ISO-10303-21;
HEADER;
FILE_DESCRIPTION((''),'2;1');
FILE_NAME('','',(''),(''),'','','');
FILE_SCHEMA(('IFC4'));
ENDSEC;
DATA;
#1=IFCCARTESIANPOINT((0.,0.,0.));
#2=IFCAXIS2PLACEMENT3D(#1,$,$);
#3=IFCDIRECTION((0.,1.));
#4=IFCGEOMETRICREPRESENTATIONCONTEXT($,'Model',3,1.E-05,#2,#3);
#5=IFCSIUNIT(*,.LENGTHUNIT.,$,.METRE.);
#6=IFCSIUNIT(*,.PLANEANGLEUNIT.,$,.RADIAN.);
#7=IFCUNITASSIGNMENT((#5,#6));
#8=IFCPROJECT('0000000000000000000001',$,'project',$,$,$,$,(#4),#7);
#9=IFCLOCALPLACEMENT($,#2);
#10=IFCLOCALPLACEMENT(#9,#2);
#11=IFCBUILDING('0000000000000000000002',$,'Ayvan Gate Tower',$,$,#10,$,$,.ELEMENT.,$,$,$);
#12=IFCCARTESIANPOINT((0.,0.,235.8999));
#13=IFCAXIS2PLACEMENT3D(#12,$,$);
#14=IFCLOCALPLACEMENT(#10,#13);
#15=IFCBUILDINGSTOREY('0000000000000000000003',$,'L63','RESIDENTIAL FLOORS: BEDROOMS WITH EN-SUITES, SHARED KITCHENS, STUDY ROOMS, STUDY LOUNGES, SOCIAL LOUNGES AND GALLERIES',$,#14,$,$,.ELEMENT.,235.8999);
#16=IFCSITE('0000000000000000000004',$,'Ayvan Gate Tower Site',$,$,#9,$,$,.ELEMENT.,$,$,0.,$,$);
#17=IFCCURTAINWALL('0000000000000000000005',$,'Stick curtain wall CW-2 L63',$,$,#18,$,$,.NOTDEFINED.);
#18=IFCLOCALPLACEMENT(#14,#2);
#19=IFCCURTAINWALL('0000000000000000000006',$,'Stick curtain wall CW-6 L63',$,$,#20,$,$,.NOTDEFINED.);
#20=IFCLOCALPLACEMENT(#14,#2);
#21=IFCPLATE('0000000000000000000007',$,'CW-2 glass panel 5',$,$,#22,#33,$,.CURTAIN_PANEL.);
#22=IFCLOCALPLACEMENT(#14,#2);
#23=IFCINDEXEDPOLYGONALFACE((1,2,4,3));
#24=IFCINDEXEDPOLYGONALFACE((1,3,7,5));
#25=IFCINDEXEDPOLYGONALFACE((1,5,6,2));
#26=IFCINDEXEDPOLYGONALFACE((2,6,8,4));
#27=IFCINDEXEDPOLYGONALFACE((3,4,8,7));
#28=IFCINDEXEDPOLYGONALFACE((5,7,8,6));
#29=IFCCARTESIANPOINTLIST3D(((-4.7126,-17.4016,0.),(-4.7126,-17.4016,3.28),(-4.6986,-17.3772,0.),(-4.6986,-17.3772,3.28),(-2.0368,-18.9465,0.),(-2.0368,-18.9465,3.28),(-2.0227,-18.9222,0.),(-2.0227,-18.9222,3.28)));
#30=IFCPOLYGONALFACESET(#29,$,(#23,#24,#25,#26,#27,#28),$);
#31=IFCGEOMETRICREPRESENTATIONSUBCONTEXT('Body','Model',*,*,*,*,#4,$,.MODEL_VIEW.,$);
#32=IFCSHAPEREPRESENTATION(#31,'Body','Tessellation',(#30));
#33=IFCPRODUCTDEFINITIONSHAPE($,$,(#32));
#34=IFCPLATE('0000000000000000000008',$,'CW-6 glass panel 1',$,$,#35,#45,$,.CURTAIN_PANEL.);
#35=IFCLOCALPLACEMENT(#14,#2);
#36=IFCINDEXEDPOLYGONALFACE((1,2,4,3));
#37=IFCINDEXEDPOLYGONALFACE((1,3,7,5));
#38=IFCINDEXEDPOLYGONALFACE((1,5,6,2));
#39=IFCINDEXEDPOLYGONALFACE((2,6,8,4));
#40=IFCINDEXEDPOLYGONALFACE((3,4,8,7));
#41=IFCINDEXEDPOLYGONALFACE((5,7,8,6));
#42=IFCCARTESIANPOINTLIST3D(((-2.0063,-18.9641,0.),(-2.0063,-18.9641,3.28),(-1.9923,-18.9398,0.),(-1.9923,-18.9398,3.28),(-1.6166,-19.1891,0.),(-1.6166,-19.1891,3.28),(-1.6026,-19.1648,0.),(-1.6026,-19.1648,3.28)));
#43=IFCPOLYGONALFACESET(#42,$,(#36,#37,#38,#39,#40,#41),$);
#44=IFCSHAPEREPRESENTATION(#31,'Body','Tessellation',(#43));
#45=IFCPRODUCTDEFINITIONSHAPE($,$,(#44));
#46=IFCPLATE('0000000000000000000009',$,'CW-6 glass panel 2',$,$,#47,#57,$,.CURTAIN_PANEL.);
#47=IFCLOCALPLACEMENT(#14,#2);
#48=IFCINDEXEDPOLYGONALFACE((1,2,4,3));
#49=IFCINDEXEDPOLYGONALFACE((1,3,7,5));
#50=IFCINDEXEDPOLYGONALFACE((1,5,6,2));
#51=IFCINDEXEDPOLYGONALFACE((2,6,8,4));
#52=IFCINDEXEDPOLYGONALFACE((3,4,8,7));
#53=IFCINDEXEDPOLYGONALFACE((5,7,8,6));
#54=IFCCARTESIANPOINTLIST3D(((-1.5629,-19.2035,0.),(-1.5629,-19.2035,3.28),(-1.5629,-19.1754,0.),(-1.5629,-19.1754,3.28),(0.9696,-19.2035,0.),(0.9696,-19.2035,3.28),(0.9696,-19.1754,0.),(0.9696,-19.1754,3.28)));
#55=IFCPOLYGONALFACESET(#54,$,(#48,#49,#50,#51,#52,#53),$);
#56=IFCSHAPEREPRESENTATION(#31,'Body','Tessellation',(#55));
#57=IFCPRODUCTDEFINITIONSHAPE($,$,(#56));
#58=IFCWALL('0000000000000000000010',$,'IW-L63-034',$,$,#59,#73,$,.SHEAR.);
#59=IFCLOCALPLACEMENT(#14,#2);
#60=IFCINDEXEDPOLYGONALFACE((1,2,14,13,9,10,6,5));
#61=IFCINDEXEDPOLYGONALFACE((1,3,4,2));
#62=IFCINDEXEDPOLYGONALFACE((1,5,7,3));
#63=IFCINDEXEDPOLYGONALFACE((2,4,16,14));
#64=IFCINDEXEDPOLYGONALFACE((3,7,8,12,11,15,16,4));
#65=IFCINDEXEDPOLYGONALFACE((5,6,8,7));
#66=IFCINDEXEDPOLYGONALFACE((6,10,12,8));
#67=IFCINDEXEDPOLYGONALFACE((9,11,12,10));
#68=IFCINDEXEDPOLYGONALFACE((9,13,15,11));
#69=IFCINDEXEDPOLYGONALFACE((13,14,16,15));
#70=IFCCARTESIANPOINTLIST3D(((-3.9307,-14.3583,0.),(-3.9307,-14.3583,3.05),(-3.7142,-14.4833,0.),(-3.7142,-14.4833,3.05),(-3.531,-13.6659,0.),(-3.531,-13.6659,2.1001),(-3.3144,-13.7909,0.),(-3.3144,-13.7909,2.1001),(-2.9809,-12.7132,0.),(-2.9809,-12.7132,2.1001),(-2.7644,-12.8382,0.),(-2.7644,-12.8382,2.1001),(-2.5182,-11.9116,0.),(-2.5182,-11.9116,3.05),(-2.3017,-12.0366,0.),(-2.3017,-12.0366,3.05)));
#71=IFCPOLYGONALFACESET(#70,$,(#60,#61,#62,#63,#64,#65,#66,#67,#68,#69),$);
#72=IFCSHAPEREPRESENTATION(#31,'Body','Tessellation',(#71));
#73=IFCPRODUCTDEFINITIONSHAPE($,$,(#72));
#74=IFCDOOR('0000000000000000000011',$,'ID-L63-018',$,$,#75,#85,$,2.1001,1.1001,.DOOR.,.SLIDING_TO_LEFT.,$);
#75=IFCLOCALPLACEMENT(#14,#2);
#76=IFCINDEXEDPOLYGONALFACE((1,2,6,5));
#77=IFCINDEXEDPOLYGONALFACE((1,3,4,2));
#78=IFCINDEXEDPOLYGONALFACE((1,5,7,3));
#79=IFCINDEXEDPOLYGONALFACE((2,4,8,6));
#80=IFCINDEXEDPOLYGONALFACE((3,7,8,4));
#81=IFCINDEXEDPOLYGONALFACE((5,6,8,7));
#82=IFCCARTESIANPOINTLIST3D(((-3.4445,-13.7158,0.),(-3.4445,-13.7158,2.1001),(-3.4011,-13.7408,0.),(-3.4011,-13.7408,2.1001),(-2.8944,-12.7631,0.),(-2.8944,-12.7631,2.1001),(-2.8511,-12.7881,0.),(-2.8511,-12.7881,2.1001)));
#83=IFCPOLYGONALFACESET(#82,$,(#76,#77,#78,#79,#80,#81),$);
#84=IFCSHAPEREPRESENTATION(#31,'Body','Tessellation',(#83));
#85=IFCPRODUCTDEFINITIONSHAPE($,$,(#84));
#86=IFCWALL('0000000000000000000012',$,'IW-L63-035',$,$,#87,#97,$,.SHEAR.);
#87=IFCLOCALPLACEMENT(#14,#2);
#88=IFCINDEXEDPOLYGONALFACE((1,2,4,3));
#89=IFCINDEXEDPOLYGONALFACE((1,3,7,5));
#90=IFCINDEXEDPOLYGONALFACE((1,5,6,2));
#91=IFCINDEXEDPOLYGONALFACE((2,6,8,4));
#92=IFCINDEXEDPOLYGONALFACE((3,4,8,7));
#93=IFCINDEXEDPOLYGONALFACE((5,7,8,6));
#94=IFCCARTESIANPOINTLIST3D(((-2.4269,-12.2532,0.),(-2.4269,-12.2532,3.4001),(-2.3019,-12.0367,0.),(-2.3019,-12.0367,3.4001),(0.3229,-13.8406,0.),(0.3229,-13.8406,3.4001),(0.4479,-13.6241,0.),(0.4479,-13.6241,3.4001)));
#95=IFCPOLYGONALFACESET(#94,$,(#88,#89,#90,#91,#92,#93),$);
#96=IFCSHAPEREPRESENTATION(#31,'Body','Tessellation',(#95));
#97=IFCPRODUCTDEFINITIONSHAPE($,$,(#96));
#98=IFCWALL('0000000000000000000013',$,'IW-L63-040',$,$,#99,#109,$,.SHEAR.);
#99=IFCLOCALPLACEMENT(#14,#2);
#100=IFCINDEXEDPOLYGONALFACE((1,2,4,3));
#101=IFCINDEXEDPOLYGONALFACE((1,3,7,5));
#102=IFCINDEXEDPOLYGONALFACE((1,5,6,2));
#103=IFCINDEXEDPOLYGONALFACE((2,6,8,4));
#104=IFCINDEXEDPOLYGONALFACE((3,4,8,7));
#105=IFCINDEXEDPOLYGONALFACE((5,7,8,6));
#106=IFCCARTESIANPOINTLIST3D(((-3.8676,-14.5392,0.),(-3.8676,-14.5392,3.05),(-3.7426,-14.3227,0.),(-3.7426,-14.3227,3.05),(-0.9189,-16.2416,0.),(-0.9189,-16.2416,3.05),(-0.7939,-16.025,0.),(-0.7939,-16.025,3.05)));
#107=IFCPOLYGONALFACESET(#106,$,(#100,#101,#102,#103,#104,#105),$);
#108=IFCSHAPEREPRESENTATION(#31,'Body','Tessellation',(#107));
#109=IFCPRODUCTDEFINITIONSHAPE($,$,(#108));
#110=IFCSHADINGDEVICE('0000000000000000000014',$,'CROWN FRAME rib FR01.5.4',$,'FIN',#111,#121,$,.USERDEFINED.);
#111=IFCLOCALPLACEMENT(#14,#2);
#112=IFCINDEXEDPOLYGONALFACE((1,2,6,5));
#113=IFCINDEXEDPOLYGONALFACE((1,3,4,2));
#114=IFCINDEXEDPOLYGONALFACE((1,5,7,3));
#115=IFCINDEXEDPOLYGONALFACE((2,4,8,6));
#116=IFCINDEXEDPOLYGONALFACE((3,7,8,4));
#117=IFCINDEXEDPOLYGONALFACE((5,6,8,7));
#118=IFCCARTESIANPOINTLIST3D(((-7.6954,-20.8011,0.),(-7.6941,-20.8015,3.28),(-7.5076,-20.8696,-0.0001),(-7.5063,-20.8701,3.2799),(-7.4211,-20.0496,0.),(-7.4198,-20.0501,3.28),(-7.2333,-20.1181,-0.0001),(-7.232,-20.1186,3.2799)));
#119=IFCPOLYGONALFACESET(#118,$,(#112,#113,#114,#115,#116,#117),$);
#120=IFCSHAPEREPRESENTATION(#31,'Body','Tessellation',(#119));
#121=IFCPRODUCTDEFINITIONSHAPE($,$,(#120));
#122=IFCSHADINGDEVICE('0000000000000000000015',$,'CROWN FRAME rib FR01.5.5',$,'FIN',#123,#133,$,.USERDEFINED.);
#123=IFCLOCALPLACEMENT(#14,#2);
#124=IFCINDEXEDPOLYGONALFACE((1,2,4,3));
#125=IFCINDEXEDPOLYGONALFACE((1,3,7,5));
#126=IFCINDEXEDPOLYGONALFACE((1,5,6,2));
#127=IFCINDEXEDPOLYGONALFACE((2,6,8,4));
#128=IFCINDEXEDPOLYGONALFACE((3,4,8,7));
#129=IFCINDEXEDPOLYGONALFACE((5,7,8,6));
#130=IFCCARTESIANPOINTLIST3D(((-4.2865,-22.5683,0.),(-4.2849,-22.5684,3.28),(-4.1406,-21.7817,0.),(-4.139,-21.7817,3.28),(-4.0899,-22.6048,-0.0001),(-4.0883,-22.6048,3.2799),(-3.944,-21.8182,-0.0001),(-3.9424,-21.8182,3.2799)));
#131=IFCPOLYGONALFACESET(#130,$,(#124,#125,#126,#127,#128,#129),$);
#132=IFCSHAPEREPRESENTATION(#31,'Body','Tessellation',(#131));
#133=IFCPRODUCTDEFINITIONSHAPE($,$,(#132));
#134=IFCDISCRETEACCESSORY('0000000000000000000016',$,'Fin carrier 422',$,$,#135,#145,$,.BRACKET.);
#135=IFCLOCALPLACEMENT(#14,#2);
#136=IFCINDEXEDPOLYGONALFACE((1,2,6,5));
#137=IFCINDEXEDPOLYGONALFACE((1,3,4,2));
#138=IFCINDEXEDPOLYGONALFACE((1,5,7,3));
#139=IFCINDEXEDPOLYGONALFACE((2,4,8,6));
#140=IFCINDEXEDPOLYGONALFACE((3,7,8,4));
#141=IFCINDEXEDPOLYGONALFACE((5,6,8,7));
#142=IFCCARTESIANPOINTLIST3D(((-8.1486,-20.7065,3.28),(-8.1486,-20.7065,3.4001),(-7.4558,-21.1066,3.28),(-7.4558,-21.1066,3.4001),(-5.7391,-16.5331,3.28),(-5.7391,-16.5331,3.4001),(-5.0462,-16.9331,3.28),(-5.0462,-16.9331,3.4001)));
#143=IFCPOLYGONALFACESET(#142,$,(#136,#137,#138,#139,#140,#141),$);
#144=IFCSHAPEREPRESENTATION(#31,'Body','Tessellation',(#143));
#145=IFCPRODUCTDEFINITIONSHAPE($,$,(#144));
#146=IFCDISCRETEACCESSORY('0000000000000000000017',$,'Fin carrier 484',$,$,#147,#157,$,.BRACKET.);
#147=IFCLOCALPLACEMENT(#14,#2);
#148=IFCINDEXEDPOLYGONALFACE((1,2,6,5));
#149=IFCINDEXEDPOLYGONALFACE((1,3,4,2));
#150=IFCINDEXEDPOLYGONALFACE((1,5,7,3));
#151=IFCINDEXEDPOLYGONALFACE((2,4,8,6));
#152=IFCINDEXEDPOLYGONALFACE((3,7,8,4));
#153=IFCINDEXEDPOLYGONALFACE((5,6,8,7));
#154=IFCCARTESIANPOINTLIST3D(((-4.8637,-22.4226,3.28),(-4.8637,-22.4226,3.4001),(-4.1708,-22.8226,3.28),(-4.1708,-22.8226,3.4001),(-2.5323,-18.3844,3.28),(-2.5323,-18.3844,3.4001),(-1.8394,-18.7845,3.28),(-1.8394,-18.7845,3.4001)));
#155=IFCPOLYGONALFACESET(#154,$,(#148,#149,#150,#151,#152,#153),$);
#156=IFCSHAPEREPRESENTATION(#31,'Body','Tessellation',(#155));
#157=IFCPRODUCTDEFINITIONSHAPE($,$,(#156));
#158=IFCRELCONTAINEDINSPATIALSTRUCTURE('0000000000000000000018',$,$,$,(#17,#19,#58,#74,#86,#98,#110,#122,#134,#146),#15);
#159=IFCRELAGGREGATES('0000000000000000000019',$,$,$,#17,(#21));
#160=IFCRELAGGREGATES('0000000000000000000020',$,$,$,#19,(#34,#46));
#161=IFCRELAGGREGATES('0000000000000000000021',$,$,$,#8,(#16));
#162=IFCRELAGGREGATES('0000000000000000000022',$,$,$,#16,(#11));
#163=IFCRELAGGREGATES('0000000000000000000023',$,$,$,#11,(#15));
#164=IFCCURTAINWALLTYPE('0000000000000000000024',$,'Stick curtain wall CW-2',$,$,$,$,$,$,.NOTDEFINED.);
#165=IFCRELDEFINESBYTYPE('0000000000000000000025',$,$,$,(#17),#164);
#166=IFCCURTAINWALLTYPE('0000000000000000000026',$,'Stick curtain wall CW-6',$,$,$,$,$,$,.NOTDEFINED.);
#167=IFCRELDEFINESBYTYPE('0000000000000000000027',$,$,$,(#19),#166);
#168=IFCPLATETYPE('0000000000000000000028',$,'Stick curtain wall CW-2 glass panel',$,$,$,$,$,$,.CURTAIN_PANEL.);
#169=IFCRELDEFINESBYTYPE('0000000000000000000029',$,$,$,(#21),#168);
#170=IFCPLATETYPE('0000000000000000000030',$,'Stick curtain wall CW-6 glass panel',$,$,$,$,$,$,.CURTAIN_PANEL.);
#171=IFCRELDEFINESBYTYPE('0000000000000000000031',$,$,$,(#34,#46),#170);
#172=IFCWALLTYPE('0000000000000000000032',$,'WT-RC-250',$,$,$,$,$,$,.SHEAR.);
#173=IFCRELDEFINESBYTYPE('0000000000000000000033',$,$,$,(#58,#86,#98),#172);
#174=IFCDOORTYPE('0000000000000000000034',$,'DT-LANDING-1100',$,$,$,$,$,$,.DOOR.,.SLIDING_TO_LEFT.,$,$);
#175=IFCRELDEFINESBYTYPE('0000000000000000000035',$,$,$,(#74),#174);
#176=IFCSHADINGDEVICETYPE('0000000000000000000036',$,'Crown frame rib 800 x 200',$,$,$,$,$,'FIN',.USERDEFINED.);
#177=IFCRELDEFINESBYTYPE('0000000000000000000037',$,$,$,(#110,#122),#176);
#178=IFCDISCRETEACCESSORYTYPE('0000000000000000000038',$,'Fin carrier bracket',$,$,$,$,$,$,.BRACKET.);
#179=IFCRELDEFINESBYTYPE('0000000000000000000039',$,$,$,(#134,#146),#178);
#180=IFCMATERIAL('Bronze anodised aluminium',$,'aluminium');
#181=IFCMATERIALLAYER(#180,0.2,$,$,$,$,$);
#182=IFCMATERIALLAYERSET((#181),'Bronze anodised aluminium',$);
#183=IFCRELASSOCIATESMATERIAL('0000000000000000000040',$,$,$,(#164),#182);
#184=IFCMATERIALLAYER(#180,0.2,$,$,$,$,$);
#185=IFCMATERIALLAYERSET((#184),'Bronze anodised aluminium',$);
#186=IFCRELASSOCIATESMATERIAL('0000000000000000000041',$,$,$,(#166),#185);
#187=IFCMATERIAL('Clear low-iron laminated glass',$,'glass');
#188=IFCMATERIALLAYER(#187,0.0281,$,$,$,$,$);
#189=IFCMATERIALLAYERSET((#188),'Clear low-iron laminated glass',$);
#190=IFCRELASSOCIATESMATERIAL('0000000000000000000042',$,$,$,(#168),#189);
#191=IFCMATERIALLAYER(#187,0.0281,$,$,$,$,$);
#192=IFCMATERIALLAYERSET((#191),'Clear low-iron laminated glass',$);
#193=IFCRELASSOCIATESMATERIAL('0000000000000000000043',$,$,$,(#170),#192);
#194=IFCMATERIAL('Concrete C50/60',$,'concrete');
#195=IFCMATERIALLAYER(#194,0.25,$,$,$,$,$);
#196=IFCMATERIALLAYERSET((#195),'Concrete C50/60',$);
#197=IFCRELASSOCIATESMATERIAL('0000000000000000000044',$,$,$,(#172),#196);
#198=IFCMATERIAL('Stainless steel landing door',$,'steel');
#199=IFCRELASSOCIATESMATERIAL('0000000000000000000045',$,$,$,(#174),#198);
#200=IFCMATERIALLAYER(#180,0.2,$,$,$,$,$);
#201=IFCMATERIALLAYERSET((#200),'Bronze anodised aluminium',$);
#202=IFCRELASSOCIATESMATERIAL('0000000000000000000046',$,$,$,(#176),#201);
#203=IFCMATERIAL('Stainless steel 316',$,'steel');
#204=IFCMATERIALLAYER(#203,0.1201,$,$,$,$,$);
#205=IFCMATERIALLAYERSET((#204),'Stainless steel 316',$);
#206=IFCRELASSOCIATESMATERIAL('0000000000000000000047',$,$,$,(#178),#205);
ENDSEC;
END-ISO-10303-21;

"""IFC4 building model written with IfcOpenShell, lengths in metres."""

from ifc_helpers import new_model, si_unit, direction, frame, frame_2d, origin, origin_2d, place, context, subcontext, project, spatial, polyline, rectangle, outline, extrude, material, layer, layer_set, type_object, element, fill, aggregate, save


model = new_model("IFC4")

# Units and contexts
model_context = context("Model", 3, precision=1e-05, world=origin(), true_north=direction((0.0, 1.0)))
body_context = subcontext(model_context, "Body", "Model", "MODEL_VIEW")
ifc_project = project(units=[si_unit("LENGTHUNIT", "METRE"), si_unit("PLANEANGLEUNIT", "RADIAN")], contexts=[model_context])

# Site, building, storey
site_placement = place(None, origin())
site = spatial("IfcSite", under=ifc_project, at=site_placement, Name="Ayvan Gate Tower Site", CompositionType="ELEMENT", RefElevation=0.0)
building_placement = place(site_placement, origin())
building = spatial("IfcBuilding", under=site, at=building_placement, Name="Ayvan Gate Tower", CompositionType="ELEMENT")
storey_placement = place(building_placement, frame((0.0, 0.0, 235.8999)))
storey = spatial("IfcBuildingStorey", under=building, at=storey_placement, Name="L63", Description="RESIDENTIAL FLOORS: BEDROOMS WITH EN-SUITES, SHARED KITCHENS, STUDY ROOMS, STUDY LOUNGES, SOCIAL LOUNGES AND GALLERIES", CompositionType="ELEMENT", Elevation=235.8999)

# Shared definitions
ifc_material_1 = material(Name="Concrete C50/60", Category="concrete")

# Curtain walls
ifc_material_2 = material(Name="Bronze anodised aluminium", Category="aluminium")
ifc_layer_1 = layer(ifc_material_2, 0.2)
ifc_layer_set_1 = layer_set([ifc_layer_1], Name="Bronze anodised aluminium")
curtain_wall_type_1 = type_object("IfcCurtainWallType", Name="Stick curtain wall CW-2", PredefinedType="NOTDEFINED", material=ifc_layer_set_1)
curtain_wall_1_placement = place(storey_placement, origin())
curtain_wall_1 = element("IfcCurtainWall", 1, at=curtain_wall_1_placement, inside=storey, type_object=curtain_wall_type_1, Name="Stick curtain wall CW-2 L63", PredefinedType="NOTDEFINED")
ifc_layer_2 = layer(ifc_material_2, 0.2)
ifc_layer_set_2 = layer_set([ifc_layer_2], Name="Bronze anodised aluminium")
curtain_wall_type_2 = type_object("IfcCurtainWallType", Name="Stick curtain wall CW-6", PredefinedType="NOTDEFINED", material=ifc_layer_set_2)
curtain_wall_2_placement = place(storey_placement, origin())
curtain_wall_2 = element("IfcCurtainWall", 2, at=curtain_wall_2_placement, inside=storey, type_object=curtain_wall_type_2, Name="Stick curtain wall CW-6 L63", PredefinedType="NOTDEFINED")

# Plates
ifc_material_3 = material(Name="Clear low-iron laminated glass", Category="glass")
ifc_layer_3 = layer(ifc_material_3, 0.0281)
ifc_layer_set_3 = layer_set([ifc_layer_3], Name="Clear low-iron laminated glass")
plate_type_1 = type_object("IfcPlateType", Name="Stick curtain wall CW-2 glass panel", PredefinedType="CURTAIN_PANEL", material=ifc_layer_set_3)
plate_1_placement = place(storey_placement, frame((-3.3677, -18.1619, 0.0), z_axis=(0.0, 0.0, 1.0), x_axis=(0.866025, -0.5, 0.0)))
plate_1 = element("IfcPlate", 3, at=plate_1_placement, type_object=plate_type_1, Name="CW-2 glass panel 5", PredefinedType="CURTAIN_PANEL", context=body_context, shape_type="SweptSolid", body=[
    extrude(rectangle(XDim=3.0898, YDim=0.0281, at=origin_2d()), origin(), (0.0, 0.0, 1.0), 3.28),
])
aggregate(curtain_wall_1, [plate_1])
ifc_layer_4 = layer(ifc_material_3, 0.0281)
ifc_layer_set_4 = layer_set([ifc_layer_4], Name="Clear low-iron laminated glass")
plate_type_2 = type_object("IfcPlateType", Name="Stick curtain wall CW-6 glass panel", PredefinedType="CURTAIN_PANEL", material=ifc_layer_set_4)
plate_2_placement = place(storey_placement, frame((-1.8044, -19.0645, 0.0), z_axis=(0.0, 0.0, 1.0), x_axis=(0.866025, -0.5, 0.0)))
plate_2 = element("IfcPlate", 4, at=plate_2_placement, type_object=plate_type_2, Name="CW-6 glass panel 1", PredefinedType="CURTAIN_PANEL", context=body_context, shape_type="SweptSolid", body=[
    extrude(rectangle(XDim=0.45, YDim=0.0281, at=origin_2d()), origin(), (0.0, 0.0, 1.0), 3.28),
])
plate_3_placement = place(storey_placement, frame((-0.2966, -19.1895, 0.0), z_axis=(0.0, 0.0, 1.0), x_axis=(1.0, 0.0, 0.0)))
plate_3 = element("IfcPlate", 5, at=plate_3_placement, type_object=plate_type_2, Name="CW-6 glass panel 2", PredefinedType="CURTAIN_PANEL", context=body_context, shape_type="SweptSolid", body=[
    extrude(rectangle(XDim=2.5325, YDim=0.0281, at=origin_2d()), origin(), (0.0, 0.0, 1.0), 3.28),
])
aggregate(curtain_wall_2, [plate_2, plate_3])

# Wall, opening, door
ifc_layer_5 = layer(ifc_material_1, 0.25)
ifc_layer_set_5 = layer_set([ifc_layer_5], Name="Concrete C50/60")
wall_type = type_object("IfcWallType", Name="WT-RC-250", PredefinedType="SHEAR", material=ifc_layer_set_5)
wall_1_placement = place(storey_placement, frame((-2.4099, -11.9741, 0.0), z_axis=(0.0, 0.0, 1.0), x_axis=(-0.499987, -0.866033, 0.0)))
wall_1 = element("IfcWall", 6, at=wall_1_placement, inside=storey, type_object=wall_type, Name="IW-L63-034", PredefinedType="SHEAR", context=body_context, shape_type="SweptSolid", body=[
    extrude(rectangle(XDim=2.8252, YDim=0.25, at=frame_2d((1.4126, 0.0))), origin(), (0.0, 0.0, 1.0), 3.05),
])
opening_placement = place(wall_1_placement, frame((0.9255, 0.0, 0.0)))
opening = element("IfcOpeningElement", 7, at=opening_placement, cuts=wall_1, PredefinedType="OPENING", context=body_context, shape_type="SweptSolid", body=[
    extrude(rectangle(XDim=1.1001, YDim=2.1001, at=frame_2d((0.55, 1.05))), frame((0.0, 0.135, 0.0), z_axis=(0.0, -1.0, 0.0), x_axis=(1.0, 0.0, 0.0)), (0.0, 0.0, 1.0), 0.27),
])
ifc_material_4 = material(Name="Stainless steel landing door", Category="steel")
door_type = type_object("IfcDoorType", Name="DT-LANDING-1100", OperationType="SLIDING_TO_LEFT", PredefinedType="DOOR", material=ifc_material_4)
door_placement = place(opening_placement, origin())
door = element("IfcDoor", 8, at=door_placement, inside=storey, type_object=door_type, Name="ID-L63-018", OperationType="SLIDING_TO_LEFT", OverallHeight=2.1001, OverallWidth=1.1001, PredefinedType="DOOR", context=body_context, shape_type="SweptSolid", body=[
    extrude(rectangle(XDim=1.1001, YDim=2.1001, at=frame_2d((0.55, 1.05))), frame((0.0, 0.0249, 0.0), z_axis=(0.0, -1.0, 0.0), x_axis=(1.0, 0.0, 0.0)), (0.0, 0.0, 1.0), 0.05),
])
fill(opening, door)

# Walls
wall_2_placement = place(storey_placement, frame((-2.3643, -12.145, 0.0), z_axis=(0.0, 0.0, 1.0), x_axis=(0.866049, -0.49996, 0.0)))
element("IfcWall", 9, at=wall_2_placement, inside=storey, type_object=wall_type, Name="IW-L63-035", PredefinedType="SHEAR", context=body_context, shape_type="SweptSolid", body=[
    extrude(rectangle(XDim=3.175, YDim=0.25, at=frame_2d((1.5874, 0.0))), origin(), (0.0, 0.0, 1.0), 3.4001),
])
wall_3_placement = place(storey_placement, frame((-0.8564, -16.1333, 0.0), z_axis=(0.0, 0.0, 1.0), x_axis=(-0.866033, 0.499987, 0.0)))
element("IfcWall", 10, at=wall_3_placement, inside=storey, type_object=wall_type, Name="IW-L63-040", PredefinedType="SHEAR", context=body_context, shape_type="SweptSolid", body=[
    extrude(rectangle(XDim=3.4048, YDim=0.25, at=frame_2d((1.7024, 0.0))), origin(), (0.0, 0.0, 1.0), 3.05),
])

# Shading devices
ifc_layer_6 = layer(ifc_material_2, 0.2)
ifc_layer_set_6 = layer_set([ifc_layer_6], Name="Bronze anodised aluminium")
shading_device_type = type_object("IfcShadingDeviceType", Name="Crown frame rib 800 x 200", ElementType="FIN", PredefinedType="USERDEFINED", material=ifc_layer_set_6)
shading_device_1_placement = place(storey_placement, frame((-7.4211, -20.0496, 0.0), z_axis=(-0.939378, 0.342882, 0.000436), x_axis=(-0.342882, -0.939378, 0.0)))
element("IfcShadingDevice", 11, at=shading_device_1_placement, inside=storey, type_object=shading_device_type, Name="CROWN FRAME rib FR01.5.4", ObjectType="FIN", PredefinedType="USERDEFINED", context=body_context, shape_type="SweptSolid", body=[
    extrude(outline(polyline([(0.0, 0.0), (0.8, 0.0), (0.8, 3.28), (0.0, 3.28), (0.0, 0.0)])), origin(), (0.0, 0.0, -1.0), 0.2),
])
shading_device_2_placement = place(storey_placement, frame((-4.1406, -21.7817, 0.0), z_axis=(-0.983236, 0.182335, 0.000476), x_axis=(-0.182335, -0.983236, 0.0)))
element("IfcShadingDevice", 12, at=shading_device_2_placement, inside=storey, type_object=shading_device_type, Name="CROWN FRAME rib FR01.5.5", ObjectType="FIN", PredefinedType="USERDEFINED", context=body_context, shape_type="SweptSolid", body=[
    extrude(outline(polyline([(0.0, 0.0), (0.8, 0.0), (0.7997, 3.28), (-0.0003, 3.28), (0.0, 0.0)])), origin(), (0.0, 0.0, -1.0), 0.2),
])

# Discrete accessories
ifc_material_5 = material(Name="Stainless steel 316", Category="steel")
ifc_layer_7 = layer(ifc_material_5, 0.1201)
ifc_layer_set_7 = layer_set([ifc_layer_7], Name="Stainless steel 316")
discrete_accessory_type = type_object("IfcDiscreteAccessoryType", Name="Fin carrier bracket", PredefinedType="BRACKET", material=ifc_layer_set_7)
discrete_accessory_1_placement = place(storey_placement, frame((-6.5974, -18.8198, 3.28), z_axis=(0.0, 0.0, 1.0), x_axis=(0.866025, -0.5, 0.0)))
element("IfcDiscreteAccessory", 13, at=discrete_accessory_1_placement, inside=storey, type_object=discrete_accessory_type, Name="Fin carrier 422", PredefinedType="BRACKET", context=body_context, shape_type="SweptSolid", body=[
    extrude(rectangle(XDim=0.8, YDim=4.8191, at=origin_2d()), origin(), (0.0, 0.0, 1.0), 0.1201),
])
discrete_accessory_2_placement = place(storey_placement, frame((-3.3516, -20.6035, 3.28), z_axis=(0.0, 0.0, 1.0), x_axis=(0.866025, -0.5, 0.0)))
element("IfcDiscreteAccessory", 14, at=discrete_accessory_2_placement, inside=storey, type_object=discrete_accessory_type, Name="Fin carrier 484", PredefinedType="BRACKET", context=body_context, shape_type="SweptSolid", body=[
    extrude(rectangle(XDim=0.8, YDim=4.6628, at=origin_2d()), origin(), (0.0, 0.0, 1.0), 0.1201),
])

save(model, "model.ifc")
